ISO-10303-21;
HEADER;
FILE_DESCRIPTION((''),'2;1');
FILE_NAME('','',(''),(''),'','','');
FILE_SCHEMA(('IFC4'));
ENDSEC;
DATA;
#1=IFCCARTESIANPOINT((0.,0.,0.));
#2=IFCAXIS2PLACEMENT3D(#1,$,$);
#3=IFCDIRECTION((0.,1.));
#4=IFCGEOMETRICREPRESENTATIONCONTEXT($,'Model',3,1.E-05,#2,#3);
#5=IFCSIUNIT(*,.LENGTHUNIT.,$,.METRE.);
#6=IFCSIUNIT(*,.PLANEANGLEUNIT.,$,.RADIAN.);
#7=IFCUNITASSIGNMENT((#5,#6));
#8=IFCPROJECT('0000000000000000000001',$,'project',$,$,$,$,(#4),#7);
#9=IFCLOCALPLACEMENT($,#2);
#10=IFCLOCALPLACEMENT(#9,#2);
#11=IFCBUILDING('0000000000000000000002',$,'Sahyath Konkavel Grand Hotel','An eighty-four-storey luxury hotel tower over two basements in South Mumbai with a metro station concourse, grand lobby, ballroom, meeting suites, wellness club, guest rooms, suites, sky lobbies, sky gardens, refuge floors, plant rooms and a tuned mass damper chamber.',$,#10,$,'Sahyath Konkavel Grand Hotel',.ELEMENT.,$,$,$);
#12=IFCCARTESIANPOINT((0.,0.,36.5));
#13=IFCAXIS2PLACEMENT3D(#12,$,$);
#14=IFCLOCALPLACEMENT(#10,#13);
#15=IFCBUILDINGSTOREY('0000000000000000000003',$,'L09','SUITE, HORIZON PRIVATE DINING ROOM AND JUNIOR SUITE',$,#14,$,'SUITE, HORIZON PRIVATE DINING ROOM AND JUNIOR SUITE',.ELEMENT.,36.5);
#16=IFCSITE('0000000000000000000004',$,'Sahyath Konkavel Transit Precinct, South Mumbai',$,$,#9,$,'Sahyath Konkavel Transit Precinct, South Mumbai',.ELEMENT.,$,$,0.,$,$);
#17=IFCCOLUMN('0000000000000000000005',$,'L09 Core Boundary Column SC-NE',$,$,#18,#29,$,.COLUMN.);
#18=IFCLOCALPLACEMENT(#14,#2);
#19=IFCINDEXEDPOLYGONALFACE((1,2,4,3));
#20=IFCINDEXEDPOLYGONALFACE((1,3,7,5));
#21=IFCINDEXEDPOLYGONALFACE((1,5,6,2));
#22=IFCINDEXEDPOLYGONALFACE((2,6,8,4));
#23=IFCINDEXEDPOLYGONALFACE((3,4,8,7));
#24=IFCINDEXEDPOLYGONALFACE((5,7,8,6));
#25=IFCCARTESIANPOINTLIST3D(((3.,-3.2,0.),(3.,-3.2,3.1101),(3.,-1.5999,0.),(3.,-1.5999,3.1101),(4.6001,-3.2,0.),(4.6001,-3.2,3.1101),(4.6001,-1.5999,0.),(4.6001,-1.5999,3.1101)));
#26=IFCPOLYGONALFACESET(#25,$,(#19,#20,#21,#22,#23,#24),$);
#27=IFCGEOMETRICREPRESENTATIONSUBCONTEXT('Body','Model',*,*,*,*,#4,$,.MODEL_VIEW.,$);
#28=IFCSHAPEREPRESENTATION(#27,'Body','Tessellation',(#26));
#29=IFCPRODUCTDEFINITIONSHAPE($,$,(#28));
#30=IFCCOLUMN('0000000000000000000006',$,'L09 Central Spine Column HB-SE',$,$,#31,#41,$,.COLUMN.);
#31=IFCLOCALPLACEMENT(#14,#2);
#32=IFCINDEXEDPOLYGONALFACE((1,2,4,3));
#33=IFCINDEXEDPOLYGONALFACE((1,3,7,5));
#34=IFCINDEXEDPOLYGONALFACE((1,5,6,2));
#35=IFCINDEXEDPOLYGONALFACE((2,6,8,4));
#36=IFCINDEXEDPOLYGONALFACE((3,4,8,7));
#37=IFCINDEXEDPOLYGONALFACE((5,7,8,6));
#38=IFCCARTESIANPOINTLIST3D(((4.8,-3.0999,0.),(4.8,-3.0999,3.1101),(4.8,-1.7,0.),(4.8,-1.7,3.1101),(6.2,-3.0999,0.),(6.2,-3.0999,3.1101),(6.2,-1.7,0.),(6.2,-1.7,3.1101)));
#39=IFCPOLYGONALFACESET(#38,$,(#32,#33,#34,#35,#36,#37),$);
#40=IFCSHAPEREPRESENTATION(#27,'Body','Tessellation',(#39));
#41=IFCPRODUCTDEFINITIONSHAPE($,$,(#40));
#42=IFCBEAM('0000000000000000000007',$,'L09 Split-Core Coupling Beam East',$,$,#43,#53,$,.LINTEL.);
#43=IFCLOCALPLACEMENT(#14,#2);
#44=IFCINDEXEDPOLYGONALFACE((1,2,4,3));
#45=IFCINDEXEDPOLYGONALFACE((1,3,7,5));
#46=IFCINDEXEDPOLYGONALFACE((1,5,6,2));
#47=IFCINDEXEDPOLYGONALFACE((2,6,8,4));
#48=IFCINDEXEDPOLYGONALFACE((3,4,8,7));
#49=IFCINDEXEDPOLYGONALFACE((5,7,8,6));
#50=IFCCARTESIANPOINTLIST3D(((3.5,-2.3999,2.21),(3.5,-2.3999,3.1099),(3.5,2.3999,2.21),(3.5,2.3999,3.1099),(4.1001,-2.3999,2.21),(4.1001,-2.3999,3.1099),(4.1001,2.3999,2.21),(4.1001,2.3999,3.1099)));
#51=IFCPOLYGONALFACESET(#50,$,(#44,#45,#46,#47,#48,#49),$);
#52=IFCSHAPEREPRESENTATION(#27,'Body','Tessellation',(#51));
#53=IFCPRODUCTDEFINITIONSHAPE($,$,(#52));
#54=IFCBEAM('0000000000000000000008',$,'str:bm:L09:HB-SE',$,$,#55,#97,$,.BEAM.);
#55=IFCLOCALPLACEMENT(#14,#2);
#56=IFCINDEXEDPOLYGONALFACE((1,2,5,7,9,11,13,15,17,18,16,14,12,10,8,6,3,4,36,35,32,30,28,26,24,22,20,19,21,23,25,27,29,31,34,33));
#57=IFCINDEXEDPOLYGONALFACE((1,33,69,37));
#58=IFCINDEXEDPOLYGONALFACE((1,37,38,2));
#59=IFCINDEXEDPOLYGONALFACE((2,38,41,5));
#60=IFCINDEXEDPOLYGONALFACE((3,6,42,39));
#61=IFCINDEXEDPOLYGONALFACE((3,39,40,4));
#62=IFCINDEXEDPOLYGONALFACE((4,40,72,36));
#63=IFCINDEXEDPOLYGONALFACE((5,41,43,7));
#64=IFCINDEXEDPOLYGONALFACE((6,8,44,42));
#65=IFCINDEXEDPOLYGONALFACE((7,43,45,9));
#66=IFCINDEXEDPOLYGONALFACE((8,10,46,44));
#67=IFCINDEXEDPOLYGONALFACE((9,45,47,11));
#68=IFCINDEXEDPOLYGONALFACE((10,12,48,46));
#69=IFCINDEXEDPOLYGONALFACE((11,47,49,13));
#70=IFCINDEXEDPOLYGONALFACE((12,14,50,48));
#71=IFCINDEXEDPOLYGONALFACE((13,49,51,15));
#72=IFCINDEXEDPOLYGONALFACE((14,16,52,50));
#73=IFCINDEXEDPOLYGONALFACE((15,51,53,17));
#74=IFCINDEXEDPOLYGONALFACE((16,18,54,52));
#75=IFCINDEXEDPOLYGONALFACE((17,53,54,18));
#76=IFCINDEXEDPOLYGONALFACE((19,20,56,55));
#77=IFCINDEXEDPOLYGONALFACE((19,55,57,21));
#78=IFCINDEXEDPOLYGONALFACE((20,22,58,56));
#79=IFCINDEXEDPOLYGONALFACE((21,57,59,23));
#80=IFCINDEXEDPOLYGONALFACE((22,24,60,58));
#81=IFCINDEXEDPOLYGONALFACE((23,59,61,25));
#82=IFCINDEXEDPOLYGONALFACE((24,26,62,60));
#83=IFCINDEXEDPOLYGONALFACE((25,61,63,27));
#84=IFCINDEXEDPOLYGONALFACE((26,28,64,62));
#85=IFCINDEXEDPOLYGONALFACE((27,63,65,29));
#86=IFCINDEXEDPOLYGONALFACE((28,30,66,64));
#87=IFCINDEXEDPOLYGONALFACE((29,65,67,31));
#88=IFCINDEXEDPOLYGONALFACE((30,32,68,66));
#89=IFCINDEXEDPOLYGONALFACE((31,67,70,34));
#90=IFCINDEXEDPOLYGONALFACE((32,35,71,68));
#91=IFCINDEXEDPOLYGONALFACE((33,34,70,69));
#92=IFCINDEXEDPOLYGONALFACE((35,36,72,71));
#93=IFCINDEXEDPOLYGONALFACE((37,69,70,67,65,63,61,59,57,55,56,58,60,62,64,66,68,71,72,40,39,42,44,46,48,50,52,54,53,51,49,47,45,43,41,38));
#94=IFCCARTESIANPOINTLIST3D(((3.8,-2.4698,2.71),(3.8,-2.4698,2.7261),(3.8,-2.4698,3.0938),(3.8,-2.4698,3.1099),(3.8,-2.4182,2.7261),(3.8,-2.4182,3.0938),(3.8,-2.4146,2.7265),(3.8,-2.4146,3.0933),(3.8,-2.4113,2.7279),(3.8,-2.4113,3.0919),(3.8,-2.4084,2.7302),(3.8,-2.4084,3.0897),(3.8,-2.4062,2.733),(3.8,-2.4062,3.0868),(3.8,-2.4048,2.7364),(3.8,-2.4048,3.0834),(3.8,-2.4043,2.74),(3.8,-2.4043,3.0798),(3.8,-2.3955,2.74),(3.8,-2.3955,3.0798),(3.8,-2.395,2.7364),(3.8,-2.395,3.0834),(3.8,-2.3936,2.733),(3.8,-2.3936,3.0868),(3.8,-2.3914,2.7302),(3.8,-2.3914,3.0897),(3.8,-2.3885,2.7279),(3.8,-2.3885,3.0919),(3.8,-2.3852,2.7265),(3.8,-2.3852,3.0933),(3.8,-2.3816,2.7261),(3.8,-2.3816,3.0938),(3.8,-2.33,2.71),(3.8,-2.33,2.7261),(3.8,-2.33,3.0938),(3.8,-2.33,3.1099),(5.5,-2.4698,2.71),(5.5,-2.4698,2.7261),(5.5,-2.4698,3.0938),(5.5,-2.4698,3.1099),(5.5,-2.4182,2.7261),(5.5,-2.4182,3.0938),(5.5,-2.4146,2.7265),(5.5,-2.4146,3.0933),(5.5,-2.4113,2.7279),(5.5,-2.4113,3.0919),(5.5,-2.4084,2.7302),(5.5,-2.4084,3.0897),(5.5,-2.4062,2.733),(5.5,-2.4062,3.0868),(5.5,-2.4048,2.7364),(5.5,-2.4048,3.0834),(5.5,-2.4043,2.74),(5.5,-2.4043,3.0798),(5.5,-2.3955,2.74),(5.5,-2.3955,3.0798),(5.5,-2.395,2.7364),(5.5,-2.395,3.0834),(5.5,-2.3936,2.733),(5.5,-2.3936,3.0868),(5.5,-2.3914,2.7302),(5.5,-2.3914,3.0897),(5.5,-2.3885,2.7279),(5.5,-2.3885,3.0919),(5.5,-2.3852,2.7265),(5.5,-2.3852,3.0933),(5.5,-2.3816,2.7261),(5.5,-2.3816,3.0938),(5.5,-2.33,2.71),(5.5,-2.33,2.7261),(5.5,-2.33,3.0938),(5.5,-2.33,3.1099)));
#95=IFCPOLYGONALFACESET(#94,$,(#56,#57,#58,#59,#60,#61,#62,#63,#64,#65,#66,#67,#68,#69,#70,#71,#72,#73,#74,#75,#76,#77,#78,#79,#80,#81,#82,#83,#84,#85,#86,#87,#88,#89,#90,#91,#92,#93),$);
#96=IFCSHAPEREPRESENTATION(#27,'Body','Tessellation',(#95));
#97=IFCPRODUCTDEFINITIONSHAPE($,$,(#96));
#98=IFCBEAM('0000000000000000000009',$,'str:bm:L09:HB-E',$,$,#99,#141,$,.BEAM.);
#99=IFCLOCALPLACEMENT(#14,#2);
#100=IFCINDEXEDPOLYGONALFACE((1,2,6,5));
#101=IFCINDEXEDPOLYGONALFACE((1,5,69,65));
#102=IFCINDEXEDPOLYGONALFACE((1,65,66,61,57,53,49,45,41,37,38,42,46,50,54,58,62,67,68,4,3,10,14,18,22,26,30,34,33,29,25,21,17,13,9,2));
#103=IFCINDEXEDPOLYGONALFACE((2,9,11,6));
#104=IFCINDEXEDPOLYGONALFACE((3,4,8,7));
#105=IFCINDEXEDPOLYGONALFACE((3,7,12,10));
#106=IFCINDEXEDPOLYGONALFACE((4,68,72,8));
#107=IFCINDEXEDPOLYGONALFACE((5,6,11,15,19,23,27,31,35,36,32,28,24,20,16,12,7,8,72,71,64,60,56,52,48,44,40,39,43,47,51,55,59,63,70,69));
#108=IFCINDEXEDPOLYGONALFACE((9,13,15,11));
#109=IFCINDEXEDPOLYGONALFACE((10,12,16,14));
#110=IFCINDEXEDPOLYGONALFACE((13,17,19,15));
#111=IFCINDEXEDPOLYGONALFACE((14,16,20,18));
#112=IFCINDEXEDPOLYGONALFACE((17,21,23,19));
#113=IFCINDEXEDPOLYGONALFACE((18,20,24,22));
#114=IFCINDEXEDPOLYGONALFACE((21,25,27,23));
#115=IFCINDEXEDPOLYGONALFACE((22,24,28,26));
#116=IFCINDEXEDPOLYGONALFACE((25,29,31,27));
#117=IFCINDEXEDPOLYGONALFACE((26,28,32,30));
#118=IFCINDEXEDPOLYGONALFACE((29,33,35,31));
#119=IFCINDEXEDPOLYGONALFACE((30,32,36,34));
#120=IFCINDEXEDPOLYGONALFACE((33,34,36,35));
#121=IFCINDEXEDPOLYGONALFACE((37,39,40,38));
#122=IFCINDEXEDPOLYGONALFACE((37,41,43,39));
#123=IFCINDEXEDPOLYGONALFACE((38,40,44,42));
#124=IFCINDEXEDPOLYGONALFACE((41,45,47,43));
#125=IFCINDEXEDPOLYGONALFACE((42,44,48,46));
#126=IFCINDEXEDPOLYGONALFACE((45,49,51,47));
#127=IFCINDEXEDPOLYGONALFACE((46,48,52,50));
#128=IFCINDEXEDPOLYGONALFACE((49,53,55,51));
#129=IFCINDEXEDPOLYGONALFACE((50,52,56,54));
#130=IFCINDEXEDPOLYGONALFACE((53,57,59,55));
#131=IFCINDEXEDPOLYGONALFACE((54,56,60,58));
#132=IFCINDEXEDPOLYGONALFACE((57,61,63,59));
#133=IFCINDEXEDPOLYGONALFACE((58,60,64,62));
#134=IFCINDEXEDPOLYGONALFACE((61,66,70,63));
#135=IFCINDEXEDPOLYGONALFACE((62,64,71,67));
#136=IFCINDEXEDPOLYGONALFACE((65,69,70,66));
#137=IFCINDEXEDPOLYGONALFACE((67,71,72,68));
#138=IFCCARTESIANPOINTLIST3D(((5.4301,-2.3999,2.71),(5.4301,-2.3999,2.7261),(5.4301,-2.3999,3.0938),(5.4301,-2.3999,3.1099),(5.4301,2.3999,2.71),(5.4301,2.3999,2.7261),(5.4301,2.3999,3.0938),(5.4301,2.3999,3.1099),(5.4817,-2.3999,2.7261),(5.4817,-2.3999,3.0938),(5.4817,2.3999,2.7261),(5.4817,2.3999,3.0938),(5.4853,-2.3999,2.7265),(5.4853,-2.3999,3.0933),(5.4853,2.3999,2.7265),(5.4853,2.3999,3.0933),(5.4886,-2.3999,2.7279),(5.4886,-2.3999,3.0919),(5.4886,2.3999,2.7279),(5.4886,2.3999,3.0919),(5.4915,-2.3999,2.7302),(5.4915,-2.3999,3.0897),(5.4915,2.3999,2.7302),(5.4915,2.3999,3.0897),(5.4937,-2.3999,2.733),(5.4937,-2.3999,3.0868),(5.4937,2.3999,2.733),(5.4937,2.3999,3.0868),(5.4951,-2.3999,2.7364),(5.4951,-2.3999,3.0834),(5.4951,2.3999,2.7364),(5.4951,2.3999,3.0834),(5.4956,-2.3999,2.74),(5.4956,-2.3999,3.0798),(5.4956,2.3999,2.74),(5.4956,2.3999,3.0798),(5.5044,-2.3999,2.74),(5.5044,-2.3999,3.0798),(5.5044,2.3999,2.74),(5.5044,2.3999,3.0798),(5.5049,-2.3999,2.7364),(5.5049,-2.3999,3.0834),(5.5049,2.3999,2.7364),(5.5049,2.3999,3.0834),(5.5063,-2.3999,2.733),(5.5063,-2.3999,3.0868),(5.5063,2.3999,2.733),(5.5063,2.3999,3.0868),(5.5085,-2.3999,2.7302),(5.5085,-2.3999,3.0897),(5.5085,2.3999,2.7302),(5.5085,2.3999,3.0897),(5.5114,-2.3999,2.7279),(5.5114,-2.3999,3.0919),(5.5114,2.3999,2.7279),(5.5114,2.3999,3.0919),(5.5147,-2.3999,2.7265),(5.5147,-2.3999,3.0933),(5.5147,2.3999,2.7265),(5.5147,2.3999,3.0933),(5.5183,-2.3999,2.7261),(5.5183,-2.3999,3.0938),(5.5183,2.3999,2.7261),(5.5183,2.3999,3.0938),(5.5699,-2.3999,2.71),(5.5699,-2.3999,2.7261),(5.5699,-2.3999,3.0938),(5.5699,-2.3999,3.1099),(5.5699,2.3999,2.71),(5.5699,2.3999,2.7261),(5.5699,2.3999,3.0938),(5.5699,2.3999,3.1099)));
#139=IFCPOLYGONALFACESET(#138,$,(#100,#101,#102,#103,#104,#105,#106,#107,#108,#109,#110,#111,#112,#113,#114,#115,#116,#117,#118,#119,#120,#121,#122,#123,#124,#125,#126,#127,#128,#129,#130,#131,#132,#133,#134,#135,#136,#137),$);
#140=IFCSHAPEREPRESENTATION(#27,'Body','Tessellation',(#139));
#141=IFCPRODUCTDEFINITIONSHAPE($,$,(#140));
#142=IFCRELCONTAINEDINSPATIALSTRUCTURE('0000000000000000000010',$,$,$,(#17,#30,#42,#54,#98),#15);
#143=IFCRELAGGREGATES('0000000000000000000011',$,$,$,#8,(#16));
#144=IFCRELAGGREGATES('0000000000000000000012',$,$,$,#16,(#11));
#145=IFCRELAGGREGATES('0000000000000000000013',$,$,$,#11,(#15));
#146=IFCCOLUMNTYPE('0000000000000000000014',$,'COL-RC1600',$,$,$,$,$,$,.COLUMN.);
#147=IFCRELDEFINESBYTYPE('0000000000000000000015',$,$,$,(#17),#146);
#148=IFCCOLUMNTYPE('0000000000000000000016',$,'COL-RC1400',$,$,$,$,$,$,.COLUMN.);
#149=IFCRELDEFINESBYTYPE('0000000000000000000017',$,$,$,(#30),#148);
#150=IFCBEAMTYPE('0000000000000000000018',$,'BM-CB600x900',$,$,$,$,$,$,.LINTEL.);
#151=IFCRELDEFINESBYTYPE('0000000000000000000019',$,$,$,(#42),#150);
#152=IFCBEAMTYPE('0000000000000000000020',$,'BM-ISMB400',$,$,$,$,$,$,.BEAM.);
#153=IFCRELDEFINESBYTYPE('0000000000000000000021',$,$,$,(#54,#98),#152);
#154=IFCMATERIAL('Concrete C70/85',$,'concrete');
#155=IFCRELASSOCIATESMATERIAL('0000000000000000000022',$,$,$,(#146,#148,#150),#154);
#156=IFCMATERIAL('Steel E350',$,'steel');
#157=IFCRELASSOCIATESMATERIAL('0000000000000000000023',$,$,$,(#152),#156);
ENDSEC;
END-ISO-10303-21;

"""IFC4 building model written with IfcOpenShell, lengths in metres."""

from ifc_helpers import new_model, si_unit, direction, frame, origin, origin_2d, place, context, subcontext, project, spatial, rectangle, i_section, extrude, source, transform, mapped, material, material_profile, profile_set, type_object, element, save


model = new_model("IFC4")

# Units and contexts
model_context = context("Model", 3, precision=1e-05, world=origin(), true_north=direction((0.0, 1.0)))
body_context = subcontext(model_context, "Body", "Model", "MODEL_VIEW")
ifc_project = project(units=[si_unit("LENGTHUNIT", "METRE"), si_unit("PLANEANGLEUNIT", "RADIAN")], contexts=[model_context])

# Site, building, storey
site_placement = place(None, origin())
site = spatial("IfcSite", under=ifc_project, at=site_placement, Name="Sahyath Konkavel Transit Precinct, South Mumbai", LongName="Sahyath Konkavel Transit Precinct, South Mumbai", CompositionType="ELEMENT", RefElevation=0.0)
building_placement = place(site_placement, origin())
building = spatial("IfcBuilding", under=site, at=building_placement, Name="Sahyath Konkavel Grand Hotel", Description="An eighty-four-storey luxury hotel tower over two basements in South Mumbai with a metro station concourse, grand lobby, ballroom, meeting suites, wellness club, guest rooms, suites, sky lobbies, sky gardens, refuge floors, plant rooms and a tuned mass damper chamber.", LongName="Sahyath Konkavel Grand Hotel", CompositionType="ELEMENT")
storey_placement = place(building_placement, frame((0.0, 0.0, 36.5)))
storey = spatial("IfcBuildingStorey", under=building, at=storey_placement, Name="L09", Description="SUITE, HORIZON PRIVATE DINING ROOM AND JUNIOR SUITE", LongName="SUITE, HORIZON PRIVATE DINING ROOM AND JUNIOR SUITE", CompositionType="ELEMENT", Elevation=36.5)

# Columns
ifc_material_1 = material(Name="Concrete C70/85", Category="concrete")
ifc_material_profile_1 = material_profile(ifc_material_1, rectangle(XDim=1.6001, YDim=1.6001, at=origin_2d()), Name="RC 1600x1600")
ifc_profile_set_1 = profile_set([ifc_material_profile_1], Name="Concrete C70/85")
column_type_1 = type_object("IfcColumnType", Name="COL-RC1600", PredefinedType="COLUMN", material=ifc_profile_set_1)
shared_shape_1 = source(origin(), body_context, "Body", "SweptSolid", [
    extrude(rectangle(XDim=1.6001, YDim=1.6001, at=origin_2d()), origin(), (0.0, 0.0, 1.0), 3.1101),
])
column_1_placement = place(storey_placement, frame((3.8, -2.3999, 0.0), z_axis=(0.0, 0.0, 1.0), x_axis=(1.0, 0.0, 0.0)))
element("IfcColumn", 1, at=column_1_placement, inside=storey, type_object=column_type_1, Name="L09 Core Boundary Column SC-NE", PredefinedType="COLUMN", context=body_context, shape_type="MappedRepresentation", body=[
    mapped(shared_shape_1, transform((0.0, 0.0, 0.0), scale=1.0)),
])
ifc_material_profile_2 = material_profile(ifc_material_1, rectangle(XDim=1.3999, YDim=1.3999, at=origin_2d()), Name="RC 1400x1400")
ifc_profile_set_2 = profile_set([ifc_material_profile_2], Name="Concrete C70/85")
column_type_2 = type_object("IfcColumnType", Name="COL-RC1400", PredefinedType="COLUMN", material=ifc_profile_set_2)
shared_shape_2 = source(origin(), body_context, "Body", "SweptSolid", [
    extrude(rectangle(XDim=1.3999, YDim=1.3999, at=origin_2d()), origin(), (0.0, 0.0, 1.0), 3.1101),
])
column_2_placement = place(storey_placement, frame((5.5, -2.3999, 0.0), z_axis=(0.0, 0.0, 1.0), x_axis=(1.0, 0.0, 0.0)))
element("IfcColumn", 2, at=column_2_placement, inside=storey, type_object=column_type_2, Name="L09 Central Spine Column HB-SE", PredefinedType="COLUMN", context=body_context, shape_type="MappedRepresentation", body=[
    mapped(shared_shape_2, transform((0.0, 0.0, 0.0), scale=1.0)),
])

# Beams
ifc_material_profile_3 = material_profile(ifc_material_1, rectangle(XDim=0.6001, YDim=0.8999, at=origin_2d()), Name="RC 600x900")
ifc_profile_set_3 = profile_set([ifc_material_profile_3], Name="Concrete C70/85")
beam_type_1 = type_object("IfcBeamType", Name="BM-CB600x900", PredefinedType="LINTEL", material=ifc_profile_set_3)
shared_shape_3 = source(origin(), body_context, "Body", "SweptSolid", [
    extrude(rectangle(XDim=0.6001, YDim=0.8999, at=origin_2d()), origin(), (0.0, 0.0, 1.0), 4.7998),
])
beam_1_placement = place(storey_placement, frame((3.8, -2.3999, 2.6599), z_axis=(0.0, 1.0, 0.0), x_axis=(-1.0, 0.0, 0.0)))
element("IfcBeam", 3, at=beam_1_placement, inside=storey, type_object=beam_type_1, Name="L09 Split-Core Coupling Beam East", PredefinedType="LINTEL", context=body_context, shape_type="MappedRepresentation", body=[
    mapped(shared_shape_3, transform((0.0, 0.0, 0.0), scale=1.0)),
])
ifc_material_2 = material(Name="Steel E350", Category="steel")
ifc_material_profile_4 = material_profile(ifc_material_2, i_section(OverallWidth=0.1399, OverallDepth=0.3999, WebThickness=0.0088, FlangeThickness=0.0161, FilletRadius=0.0139, at=origin_2d()), Name="ISMB 400")
ifc_profile_set_4 = profile_set([ifc_material_profile_4], Name="Steel E350")
beam_type_2 = type_object("IfcBeamType", Name="BM-ISMB400", PredefinedType="BEAM", material=ifc_profile_set_4)
shared_shape_4 = source(origin(), body_context, "Body", "SweptSolid", [
    extrude(i_section(OverallWidth=0.1399, OverallDepth=0.3999, WebThickness=0.0088, FlangeThickness=0.0161, FilletRadius=0.0139, at=origin_2d()), origin(), (0.0, 0.0, 1.0), 1.7),
])
beam_2_placement = place(storey_placement, frame((3.8, -2.3999, 2.9099), z_axis=(1.0, 0.0, 0.0), x_axis=(0.0, 1.0, 0.0)))
element("IfcBeam", 4, at=beam_2_placement, inside=storey, type_object=beam_type_2, Name="str:bm:L09:HB-SE", PredefinedType="BEAM", context=body_context, shape_type="MappedRepresentation", body=[
    mapped(shared_shape_4, transform((0.0, 0.0, 0.0), scale=1.0)),
])
shared_shape_5 = source(origin(), body_context, "Body", "SweptSolid", [
    extrude(i_section(OverallWidth=0.1399, OverallDepth=0.3999, WebThickness=0.0088, FlangeThickness=0.0161, FilletRadius=0.0139, at=origin_2d()), origin(), (0.0, 0.0, 1.0), 4.7998),
])
beam_3_placement = place(storey_placement, frame((5.5, -2.3999, 2.9099), z_axis=(0.0, 1.0, 0.0), x_axis=(-1.0, 0.0, 0.0)))
element("IfcBeam", 5, at=beam_3_placement, inside=storey, type_object=beam_type_2, Name="str:bm:L09:HB-E", PredefinedType="BEAM", context=body_context, shape_type="MappedRepresentation", body=[
    mapped(shared_shape_5, transform((0.0, 0.0, 0.0), scale=1.0)),
])

save(model, "model.ifc")
